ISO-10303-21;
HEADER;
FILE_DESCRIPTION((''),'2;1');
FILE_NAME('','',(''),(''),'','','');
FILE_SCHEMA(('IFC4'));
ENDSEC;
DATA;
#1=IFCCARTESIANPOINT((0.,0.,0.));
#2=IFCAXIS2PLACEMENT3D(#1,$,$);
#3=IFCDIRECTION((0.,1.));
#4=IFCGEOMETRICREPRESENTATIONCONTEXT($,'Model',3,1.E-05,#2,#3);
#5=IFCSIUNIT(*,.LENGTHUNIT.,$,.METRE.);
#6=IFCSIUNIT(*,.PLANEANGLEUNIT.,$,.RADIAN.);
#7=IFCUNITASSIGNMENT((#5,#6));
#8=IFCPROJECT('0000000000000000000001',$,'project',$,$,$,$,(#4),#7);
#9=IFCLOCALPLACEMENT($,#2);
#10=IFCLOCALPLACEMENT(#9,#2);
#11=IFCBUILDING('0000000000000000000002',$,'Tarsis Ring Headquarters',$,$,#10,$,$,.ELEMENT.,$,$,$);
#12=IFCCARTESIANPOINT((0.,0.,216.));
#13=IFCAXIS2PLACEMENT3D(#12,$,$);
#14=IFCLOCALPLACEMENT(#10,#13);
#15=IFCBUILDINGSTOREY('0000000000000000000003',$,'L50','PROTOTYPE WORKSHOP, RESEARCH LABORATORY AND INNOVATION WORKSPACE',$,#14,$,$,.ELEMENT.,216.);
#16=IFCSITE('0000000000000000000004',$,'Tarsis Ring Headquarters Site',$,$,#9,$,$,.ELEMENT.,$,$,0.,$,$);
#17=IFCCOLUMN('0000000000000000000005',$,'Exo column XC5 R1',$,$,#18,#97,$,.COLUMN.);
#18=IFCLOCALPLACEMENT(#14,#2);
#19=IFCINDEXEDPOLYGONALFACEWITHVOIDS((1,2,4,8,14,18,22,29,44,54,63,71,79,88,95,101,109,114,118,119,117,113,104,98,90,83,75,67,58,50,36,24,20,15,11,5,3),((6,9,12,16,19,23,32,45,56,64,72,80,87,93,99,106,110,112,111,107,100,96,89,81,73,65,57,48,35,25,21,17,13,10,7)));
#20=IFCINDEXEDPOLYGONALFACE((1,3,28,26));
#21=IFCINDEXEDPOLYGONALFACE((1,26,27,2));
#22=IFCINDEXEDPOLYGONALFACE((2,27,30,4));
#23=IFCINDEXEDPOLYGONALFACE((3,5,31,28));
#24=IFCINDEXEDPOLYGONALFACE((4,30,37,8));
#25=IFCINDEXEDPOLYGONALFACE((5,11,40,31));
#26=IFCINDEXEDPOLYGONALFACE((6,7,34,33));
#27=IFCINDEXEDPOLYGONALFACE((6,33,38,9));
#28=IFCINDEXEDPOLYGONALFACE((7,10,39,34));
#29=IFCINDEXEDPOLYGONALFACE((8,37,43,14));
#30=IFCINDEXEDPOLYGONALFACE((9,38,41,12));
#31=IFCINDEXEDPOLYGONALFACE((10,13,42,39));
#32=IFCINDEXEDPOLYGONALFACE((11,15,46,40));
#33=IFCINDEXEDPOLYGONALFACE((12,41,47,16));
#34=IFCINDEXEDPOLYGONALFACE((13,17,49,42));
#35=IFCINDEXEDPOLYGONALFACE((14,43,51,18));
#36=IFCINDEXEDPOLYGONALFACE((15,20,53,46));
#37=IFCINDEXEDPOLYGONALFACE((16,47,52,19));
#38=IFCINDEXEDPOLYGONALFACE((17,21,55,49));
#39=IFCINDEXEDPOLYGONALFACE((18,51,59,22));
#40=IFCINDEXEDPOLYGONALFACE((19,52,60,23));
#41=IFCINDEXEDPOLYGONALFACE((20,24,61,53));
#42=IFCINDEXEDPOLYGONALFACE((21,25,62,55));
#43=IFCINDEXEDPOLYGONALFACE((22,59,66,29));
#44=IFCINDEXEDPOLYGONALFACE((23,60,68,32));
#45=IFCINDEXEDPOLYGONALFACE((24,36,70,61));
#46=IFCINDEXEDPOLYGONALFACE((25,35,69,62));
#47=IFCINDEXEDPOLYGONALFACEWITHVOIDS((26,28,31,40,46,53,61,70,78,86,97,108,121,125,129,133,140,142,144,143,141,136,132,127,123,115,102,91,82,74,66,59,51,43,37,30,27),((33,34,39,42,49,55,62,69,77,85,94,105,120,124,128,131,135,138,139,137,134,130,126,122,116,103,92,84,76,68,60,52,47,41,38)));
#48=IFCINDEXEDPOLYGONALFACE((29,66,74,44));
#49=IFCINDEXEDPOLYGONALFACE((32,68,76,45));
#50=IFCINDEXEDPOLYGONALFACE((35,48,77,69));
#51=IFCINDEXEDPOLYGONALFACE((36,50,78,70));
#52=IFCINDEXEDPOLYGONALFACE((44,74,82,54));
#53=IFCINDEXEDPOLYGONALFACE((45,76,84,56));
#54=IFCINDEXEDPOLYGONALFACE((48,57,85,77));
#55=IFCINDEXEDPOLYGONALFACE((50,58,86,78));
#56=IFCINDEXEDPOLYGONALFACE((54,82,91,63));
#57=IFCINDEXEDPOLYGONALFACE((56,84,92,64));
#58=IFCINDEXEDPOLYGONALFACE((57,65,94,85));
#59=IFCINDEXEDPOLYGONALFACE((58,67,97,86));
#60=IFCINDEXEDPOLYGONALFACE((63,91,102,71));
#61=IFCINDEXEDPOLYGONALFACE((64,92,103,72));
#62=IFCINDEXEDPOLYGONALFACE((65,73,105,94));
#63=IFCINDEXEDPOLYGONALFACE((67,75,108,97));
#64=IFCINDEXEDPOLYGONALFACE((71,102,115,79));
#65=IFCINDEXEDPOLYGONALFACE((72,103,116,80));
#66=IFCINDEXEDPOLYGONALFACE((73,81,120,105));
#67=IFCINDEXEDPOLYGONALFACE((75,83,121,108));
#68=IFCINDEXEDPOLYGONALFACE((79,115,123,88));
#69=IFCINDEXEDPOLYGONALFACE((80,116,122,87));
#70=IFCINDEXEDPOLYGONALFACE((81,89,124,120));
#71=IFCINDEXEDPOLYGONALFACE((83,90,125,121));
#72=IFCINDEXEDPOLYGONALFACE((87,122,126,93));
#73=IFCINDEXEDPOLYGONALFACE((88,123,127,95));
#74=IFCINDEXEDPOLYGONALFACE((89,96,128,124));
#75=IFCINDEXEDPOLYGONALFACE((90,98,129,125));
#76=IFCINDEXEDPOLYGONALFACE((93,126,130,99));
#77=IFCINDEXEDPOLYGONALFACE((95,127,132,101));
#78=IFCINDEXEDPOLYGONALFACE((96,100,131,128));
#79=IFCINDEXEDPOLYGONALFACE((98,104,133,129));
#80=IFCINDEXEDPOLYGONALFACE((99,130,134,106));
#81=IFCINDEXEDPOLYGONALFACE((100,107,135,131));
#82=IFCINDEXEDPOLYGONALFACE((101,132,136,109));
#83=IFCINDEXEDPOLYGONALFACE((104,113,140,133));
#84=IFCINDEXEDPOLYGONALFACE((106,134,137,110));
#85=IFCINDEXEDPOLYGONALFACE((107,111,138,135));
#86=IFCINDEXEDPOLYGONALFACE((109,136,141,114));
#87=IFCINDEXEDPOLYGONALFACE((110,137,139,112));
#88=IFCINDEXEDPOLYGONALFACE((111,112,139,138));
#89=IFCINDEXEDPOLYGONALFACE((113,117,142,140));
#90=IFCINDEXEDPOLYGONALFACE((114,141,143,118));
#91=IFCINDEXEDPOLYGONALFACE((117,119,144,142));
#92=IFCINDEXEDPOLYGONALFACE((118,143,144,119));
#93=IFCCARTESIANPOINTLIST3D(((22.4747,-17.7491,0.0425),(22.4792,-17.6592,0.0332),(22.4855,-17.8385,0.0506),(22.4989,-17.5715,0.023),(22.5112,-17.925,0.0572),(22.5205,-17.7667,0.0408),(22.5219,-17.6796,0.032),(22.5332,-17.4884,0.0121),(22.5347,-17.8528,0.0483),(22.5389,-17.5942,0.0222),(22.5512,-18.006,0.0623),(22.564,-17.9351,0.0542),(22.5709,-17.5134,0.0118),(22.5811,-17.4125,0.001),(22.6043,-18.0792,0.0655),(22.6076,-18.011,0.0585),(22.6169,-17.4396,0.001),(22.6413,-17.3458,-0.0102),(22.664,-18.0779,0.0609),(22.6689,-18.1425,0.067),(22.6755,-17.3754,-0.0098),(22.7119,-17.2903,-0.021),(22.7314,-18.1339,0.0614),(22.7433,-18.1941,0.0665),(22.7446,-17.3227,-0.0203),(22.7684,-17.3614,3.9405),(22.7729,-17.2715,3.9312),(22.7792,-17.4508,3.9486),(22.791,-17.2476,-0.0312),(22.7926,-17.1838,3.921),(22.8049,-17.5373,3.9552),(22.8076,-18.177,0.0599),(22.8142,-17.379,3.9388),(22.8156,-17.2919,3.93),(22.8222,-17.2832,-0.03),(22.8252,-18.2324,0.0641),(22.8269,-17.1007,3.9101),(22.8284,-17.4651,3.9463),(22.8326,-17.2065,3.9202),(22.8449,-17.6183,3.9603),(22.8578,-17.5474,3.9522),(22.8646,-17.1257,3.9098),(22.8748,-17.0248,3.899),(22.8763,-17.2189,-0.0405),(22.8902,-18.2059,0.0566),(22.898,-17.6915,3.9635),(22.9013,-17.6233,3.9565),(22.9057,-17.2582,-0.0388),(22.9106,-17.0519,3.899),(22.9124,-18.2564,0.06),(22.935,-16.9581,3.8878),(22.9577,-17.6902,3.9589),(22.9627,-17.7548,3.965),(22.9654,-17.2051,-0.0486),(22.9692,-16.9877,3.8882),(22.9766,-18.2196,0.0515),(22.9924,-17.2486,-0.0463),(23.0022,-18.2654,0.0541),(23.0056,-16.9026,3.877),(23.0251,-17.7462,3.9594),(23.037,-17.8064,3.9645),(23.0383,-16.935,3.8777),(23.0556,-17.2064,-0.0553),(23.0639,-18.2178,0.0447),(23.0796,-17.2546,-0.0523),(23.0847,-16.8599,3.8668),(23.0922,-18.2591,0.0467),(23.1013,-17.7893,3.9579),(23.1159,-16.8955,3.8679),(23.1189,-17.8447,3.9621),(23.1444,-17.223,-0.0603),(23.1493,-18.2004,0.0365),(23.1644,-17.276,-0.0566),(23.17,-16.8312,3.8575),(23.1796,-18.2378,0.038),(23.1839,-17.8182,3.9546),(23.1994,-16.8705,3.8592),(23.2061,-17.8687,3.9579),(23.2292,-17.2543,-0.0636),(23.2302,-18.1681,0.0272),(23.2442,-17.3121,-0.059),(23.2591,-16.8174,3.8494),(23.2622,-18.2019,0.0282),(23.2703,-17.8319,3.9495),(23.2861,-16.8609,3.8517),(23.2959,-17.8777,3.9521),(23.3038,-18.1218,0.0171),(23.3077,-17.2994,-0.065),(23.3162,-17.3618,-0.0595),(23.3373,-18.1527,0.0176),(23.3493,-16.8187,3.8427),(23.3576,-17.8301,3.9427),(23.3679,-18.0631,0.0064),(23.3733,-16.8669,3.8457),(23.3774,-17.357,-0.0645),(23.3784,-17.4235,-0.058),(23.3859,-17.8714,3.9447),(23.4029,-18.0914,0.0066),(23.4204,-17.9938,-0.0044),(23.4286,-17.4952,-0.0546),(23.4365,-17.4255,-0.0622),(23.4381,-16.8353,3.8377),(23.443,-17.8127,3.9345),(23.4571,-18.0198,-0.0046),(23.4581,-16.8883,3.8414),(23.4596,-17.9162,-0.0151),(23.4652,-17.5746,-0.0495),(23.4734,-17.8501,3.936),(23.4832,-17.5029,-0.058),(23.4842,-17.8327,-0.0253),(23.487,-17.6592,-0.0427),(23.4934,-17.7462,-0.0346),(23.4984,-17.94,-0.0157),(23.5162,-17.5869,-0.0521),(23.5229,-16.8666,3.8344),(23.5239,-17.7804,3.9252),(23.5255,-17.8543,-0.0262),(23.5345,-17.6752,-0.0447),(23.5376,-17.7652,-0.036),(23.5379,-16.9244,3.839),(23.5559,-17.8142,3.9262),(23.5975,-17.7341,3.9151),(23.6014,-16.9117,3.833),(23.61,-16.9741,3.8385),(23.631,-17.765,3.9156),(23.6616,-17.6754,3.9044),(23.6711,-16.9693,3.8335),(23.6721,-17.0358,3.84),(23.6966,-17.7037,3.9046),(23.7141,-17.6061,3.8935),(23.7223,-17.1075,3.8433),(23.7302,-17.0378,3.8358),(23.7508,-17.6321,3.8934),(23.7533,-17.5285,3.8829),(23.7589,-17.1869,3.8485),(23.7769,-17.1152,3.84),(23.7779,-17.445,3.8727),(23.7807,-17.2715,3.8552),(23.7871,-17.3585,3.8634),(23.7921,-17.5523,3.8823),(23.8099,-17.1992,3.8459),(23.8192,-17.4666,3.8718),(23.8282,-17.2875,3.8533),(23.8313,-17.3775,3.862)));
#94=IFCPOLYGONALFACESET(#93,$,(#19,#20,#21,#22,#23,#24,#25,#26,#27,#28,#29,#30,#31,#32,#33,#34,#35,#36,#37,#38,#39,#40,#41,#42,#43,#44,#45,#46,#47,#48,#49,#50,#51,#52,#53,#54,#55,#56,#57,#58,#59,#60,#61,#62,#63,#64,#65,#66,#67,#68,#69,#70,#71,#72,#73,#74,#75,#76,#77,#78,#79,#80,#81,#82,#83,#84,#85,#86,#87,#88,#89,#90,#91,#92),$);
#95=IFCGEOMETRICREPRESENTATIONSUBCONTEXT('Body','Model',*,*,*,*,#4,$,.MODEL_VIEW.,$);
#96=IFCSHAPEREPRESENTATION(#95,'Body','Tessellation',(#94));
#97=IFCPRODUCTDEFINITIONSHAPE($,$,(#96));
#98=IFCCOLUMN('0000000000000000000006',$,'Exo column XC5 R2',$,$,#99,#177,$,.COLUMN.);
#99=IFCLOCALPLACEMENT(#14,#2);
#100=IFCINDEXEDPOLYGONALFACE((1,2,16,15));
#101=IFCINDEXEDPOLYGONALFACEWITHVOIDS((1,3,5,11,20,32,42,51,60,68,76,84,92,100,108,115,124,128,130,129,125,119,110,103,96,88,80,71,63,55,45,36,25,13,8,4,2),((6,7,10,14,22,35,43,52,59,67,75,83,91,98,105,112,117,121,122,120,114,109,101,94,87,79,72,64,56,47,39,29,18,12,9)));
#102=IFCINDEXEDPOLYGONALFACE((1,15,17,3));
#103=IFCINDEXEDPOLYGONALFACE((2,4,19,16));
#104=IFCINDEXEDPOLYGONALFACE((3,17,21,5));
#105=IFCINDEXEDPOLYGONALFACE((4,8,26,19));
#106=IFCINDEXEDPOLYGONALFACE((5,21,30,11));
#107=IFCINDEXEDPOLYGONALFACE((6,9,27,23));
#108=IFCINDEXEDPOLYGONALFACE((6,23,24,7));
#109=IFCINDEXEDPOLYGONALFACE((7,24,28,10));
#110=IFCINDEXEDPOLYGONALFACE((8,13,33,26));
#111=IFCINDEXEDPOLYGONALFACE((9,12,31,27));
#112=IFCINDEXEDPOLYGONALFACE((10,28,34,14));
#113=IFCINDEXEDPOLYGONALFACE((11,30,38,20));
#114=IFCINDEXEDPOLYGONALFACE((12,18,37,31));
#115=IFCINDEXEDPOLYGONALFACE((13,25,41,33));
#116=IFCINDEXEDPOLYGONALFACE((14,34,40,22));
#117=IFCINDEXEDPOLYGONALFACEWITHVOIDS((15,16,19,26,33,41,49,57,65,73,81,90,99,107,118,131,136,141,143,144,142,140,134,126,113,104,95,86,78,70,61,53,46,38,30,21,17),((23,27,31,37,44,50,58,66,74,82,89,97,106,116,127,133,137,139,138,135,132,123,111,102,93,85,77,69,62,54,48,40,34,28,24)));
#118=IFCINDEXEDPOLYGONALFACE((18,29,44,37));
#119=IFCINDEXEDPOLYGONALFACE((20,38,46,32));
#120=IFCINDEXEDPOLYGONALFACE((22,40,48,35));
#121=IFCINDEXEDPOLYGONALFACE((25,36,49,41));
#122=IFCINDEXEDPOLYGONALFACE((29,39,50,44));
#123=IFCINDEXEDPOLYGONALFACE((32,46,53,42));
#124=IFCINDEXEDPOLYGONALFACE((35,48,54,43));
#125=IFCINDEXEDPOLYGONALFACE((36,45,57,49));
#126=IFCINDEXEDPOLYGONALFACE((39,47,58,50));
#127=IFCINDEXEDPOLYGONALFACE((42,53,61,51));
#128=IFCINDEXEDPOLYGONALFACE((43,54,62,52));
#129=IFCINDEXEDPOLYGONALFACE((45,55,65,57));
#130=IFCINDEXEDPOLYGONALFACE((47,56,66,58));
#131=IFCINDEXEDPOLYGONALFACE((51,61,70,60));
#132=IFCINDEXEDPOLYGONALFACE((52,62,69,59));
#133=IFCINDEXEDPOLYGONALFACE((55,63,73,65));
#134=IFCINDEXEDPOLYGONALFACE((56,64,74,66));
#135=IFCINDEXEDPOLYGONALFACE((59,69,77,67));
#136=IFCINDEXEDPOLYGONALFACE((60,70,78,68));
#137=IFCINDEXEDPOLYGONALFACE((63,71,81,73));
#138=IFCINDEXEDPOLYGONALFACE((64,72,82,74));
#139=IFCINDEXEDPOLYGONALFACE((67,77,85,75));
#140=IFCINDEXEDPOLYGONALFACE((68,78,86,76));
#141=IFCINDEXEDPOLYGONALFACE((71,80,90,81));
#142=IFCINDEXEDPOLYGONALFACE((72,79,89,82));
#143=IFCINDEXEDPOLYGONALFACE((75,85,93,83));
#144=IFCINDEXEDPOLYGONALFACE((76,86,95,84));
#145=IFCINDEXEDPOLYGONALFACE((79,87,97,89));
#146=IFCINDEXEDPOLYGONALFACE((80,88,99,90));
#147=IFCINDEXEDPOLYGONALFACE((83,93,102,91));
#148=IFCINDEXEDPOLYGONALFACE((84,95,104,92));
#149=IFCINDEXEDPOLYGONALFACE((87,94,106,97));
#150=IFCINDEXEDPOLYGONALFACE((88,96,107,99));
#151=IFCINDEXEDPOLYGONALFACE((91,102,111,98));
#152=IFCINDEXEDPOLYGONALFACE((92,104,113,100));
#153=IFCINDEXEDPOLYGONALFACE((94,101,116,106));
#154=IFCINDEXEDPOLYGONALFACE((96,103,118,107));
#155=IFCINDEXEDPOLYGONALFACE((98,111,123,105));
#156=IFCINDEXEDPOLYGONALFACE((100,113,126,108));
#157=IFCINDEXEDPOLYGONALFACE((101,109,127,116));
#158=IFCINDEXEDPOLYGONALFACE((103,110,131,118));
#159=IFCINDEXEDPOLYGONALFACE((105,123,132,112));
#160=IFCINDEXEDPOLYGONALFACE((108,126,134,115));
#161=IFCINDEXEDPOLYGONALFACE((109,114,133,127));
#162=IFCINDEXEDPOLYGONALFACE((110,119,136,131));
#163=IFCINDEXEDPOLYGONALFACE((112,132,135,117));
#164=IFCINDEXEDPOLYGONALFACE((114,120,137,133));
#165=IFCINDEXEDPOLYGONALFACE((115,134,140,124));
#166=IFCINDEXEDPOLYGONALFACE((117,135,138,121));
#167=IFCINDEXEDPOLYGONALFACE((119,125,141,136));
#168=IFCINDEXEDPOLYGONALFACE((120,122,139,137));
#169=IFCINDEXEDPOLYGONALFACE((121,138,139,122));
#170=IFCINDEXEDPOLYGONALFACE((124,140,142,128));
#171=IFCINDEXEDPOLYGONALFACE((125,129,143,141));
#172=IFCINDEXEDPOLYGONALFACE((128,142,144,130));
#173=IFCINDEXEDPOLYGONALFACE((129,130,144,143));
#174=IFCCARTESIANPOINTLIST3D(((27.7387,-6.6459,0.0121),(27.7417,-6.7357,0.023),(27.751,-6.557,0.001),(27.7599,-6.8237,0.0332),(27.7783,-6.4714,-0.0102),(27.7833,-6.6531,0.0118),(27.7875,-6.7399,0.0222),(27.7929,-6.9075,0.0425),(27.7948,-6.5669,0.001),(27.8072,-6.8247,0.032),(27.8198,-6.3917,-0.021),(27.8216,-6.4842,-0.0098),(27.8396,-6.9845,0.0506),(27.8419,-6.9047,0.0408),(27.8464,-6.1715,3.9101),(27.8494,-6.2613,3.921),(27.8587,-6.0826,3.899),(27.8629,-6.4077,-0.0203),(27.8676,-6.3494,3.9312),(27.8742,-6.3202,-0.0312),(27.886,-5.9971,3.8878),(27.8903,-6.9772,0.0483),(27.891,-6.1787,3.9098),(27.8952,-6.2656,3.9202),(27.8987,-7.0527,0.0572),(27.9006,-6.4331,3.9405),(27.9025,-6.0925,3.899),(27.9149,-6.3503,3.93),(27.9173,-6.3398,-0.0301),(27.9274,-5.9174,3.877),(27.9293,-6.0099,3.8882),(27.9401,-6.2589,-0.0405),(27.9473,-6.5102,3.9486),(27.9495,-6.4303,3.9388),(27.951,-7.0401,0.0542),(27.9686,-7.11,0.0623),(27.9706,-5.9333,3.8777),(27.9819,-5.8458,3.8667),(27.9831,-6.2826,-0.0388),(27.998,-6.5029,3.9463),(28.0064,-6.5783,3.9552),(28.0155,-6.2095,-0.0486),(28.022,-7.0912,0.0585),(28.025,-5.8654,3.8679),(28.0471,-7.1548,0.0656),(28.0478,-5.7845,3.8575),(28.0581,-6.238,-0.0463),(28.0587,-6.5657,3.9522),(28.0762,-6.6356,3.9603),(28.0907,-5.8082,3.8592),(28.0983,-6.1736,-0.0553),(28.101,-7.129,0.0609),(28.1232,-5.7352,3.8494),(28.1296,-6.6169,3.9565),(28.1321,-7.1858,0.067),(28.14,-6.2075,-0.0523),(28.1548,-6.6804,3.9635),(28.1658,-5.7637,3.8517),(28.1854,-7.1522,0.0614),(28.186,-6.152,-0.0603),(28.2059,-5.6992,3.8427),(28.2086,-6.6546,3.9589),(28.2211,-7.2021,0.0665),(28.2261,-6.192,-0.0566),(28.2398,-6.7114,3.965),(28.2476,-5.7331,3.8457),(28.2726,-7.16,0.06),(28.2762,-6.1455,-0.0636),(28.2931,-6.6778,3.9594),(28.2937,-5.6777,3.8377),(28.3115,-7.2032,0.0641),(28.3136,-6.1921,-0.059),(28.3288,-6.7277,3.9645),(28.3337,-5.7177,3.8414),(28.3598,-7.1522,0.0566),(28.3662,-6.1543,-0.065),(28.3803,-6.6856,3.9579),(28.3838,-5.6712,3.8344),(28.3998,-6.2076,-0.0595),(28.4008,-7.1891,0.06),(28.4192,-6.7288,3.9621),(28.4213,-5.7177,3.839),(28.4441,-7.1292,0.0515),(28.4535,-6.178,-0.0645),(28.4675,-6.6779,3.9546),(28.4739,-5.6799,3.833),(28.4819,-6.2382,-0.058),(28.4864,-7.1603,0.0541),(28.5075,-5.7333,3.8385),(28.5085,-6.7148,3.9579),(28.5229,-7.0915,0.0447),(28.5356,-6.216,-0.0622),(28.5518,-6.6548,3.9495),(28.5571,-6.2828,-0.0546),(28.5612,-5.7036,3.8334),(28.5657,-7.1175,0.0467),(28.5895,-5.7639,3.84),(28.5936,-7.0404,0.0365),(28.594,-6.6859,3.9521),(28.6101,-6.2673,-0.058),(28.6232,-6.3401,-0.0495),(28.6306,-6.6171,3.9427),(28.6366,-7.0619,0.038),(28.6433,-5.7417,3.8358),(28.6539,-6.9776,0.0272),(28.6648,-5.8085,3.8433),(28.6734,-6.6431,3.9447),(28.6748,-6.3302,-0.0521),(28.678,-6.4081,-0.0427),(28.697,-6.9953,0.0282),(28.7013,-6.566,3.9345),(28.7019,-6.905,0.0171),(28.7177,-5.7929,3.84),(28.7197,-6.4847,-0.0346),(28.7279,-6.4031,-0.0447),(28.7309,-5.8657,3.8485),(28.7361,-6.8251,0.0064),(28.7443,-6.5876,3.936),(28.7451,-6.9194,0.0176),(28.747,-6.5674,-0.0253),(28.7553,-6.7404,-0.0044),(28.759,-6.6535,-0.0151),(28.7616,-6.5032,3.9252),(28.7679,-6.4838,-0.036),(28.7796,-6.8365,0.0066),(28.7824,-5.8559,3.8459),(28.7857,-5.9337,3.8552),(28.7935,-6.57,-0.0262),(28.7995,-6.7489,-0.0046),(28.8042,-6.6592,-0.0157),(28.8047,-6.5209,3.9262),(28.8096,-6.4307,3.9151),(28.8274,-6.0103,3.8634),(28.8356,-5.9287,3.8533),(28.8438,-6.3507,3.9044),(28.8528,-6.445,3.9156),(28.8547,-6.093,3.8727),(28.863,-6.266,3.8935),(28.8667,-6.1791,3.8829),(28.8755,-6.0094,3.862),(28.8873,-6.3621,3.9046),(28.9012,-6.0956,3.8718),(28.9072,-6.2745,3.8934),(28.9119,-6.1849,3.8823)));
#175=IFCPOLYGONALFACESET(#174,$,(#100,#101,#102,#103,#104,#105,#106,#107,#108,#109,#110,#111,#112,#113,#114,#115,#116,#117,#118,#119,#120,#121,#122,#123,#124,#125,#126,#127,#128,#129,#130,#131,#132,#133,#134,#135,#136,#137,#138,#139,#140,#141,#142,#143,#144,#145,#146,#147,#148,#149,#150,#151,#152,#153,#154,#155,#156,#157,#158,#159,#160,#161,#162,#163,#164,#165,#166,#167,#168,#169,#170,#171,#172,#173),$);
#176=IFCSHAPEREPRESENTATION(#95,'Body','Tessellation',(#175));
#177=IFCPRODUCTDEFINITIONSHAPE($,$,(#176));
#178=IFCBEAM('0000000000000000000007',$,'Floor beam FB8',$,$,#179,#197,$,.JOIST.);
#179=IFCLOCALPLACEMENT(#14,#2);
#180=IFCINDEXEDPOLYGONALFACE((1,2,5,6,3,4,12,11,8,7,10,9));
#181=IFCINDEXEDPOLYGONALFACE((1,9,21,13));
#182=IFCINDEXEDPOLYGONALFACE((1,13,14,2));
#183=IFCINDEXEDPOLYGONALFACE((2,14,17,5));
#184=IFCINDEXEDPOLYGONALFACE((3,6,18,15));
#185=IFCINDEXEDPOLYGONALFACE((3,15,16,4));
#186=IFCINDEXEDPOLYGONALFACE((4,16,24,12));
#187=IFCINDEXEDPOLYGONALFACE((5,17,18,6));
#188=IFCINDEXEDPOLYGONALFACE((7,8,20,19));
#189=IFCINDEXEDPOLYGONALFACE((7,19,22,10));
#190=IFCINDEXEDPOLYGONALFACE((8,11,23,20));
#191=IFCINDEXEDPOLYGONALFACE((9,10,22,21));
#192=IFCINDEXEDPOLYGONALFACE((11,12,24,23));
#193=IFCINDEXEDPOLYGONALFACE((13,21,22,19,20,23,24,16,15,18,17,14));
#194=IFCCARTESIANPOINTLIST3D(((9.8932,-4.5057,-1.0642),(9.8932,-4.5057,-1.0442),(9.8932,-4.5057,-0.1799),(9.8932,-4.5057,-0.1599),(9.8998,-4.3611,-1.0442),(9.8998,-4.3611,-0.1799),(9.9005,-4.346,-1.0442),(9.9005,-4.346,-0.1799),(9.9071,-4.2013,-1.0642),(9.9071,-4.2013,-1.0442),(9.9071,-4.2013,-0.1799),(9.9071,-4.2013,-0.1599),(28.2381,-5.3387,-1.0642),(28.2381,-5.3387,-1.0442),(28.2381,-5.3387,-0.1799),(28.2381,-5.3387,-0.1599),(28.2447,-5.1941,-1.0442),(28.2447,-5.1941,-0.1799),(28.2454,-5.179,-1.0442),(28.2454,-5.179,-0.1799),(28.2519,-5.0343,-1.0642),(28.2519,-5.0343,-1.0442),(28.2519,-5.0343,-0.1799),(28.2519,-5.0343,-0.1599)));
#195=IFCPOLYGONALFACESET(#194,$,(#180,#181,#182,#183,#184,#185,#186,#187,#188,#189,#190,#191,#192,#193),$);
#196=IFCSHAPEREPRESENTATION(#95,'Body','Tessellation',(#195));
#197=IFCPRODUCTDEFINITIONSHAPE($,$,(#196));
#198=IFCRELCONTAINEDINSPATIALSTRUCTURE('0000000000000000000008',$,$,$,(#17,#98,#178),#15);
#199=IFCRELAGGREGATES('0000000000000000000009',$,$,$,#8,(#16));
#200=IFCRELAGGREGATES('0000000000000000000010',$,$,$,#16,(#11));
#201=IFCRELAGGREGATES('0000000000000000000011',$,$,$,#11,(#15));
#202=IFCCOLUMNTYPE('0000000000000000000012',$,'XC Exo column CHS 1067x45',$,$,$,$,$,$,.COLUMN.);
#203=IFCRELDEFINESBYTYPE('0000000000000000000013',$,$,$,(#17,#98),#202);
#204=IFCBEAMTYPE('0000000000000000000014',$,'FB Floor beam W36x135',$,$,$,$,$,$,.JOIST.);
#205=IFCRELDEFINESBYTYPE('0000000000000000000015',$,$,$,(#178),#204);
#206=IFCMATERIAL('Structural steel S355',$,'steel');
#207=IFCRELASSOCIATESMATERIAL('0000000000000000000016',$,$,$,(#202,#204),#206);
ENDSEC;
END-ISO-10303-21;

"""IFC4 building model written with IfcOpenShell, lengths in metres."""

from ifc_helpers import new_model, si_unit, direction, frame, origin, origin_2d, place, context, subcontext, project, spatial, hollow_circle, i_section, extrude, material, material_profile, profile_set, type_object, element, save


model = new_model("IFC4")

# Units and contexts
model_context = context("Model", 3, precision=1e-05, world=origin(), true_north=direction((0.0, 1.0)))
body_context = subcontext(model_context, "Body", "Model", "MODEL_VIEW")
ifc_project = project(units=[si_unit("LENGTHUNIT", "METRE"), si_unit("PLANEANGLEUNIT", "RADIAN")], contexts=[model_context])

# Site, building, storey
site_placement = place(None, origin())
site = spatial("IfcSite", under=ifc_project, at=site_placement, Name="Tarsis Ring Headquarters Site", CompositionType="ELEMENT", RefElevation=0.0)
building_placement = place(site_placement, origin())
building = spatial("IfcBuilding", under=site, at=building_placement, Name="Tarsis Ring Headquarters", CompositionType="ELEMENT")
storey_placement = place(building_placement, frame((0.0, 0.0, 216.0)))
storey = spatial("IfcBuildingStorey", under=building, at=storey_placement, Name="L50", Description="PROTOTYPE WORKSHOP, RESEARCH LABORATORY AND INNOVATION WORKSPACE", CompositionType="ELEMENT", Elevation=216.0)

# Columns
ifc_material_1 = material(Name="Structural steel S355", Category="steel")
ifc_material_profile_1 = material_profile(ifc_material_1, hollow_circle(Radius=0.5334, WallThickness=0.0449, at=origin_2d()), Name="CHS 1067x45")
ifc_profile_set_1 = profile_set([ifc_material_profile_1], Name="Structural steel S355")
column_type = type_object("IfcColumnType", Name="XC Exo column CHS 1067x45", PredefinedType="COLUMN", material=ifc_profile_set_1)
for number, where, z_axis, x_axis, name in (
    (1, (23.0063, -17.7346, 0.001), (0.074768, 0.098696, 0.992305), (-0.797099, 0.603848, 0.0), "Exo column XC5 R1"),
    (2, (28.2712, -6.675, 0.001), (0.027409, 0.120759, 0.992303), (-0.975197, 0.221339, 0.0), "Exo column XC5 R2"),
):
    element("IfcColumn", number, at=place(storey_placement, frame(where, z_axis=z_axis, x_axis=x_axis)), inside=storey, type_object=column_type, Name=name, PredefinedType="COLUMN", context=body_context, shape_type="SweptSolid", body=[
        extrude(hollow_circle(Radius=0.5334, WallThickness=0.0449, at=origin_2d()), origin(), (0.0, 0.0, 1.0), 3.9282),
    ])

# Beam
ifc_material_profile_2 = material_profile(ifc_material_1, i_section(OverallWidth=0.3047, OverallDepth=0.9043, WebThickness=0.0151, FlangeThickness=0.02, at=origin_2d()), Name="W36x135")
ifc_profile_set_2 = profile_set([ifc_material_profile_2], Name="Structural steel S355")
beam_type_1 = type_object("IfcBeamType", Name="FB Floor beam W36x135", PredefinedType="JOIST", material=ifc_profile_set_2)
beam_placement = place(storey_placement, frame((9.9001, -4.3535, -0.6121), z_axis=(0.998971, -0.045361, 0.0), x_axis=(0.045361, 0.998971, 0.0)))
element("IfcBeam", 3, at=beam_placement, inside=storey, type_object=beam_type_1, Name="Floor beam FB8", PredefinedType="JOIST", context=body_context, shape_type="SweptSolid", body=[
    extrude(i_section(OverallWidth=0.3047, OverallDepth=0.9043, WebThickness=0.0151, FlangeThickness=0.02, at=origin_2d()), origin(), (0.0, 0.0, 1.0), 18.3638),
])

save(model, "model.ifc")
